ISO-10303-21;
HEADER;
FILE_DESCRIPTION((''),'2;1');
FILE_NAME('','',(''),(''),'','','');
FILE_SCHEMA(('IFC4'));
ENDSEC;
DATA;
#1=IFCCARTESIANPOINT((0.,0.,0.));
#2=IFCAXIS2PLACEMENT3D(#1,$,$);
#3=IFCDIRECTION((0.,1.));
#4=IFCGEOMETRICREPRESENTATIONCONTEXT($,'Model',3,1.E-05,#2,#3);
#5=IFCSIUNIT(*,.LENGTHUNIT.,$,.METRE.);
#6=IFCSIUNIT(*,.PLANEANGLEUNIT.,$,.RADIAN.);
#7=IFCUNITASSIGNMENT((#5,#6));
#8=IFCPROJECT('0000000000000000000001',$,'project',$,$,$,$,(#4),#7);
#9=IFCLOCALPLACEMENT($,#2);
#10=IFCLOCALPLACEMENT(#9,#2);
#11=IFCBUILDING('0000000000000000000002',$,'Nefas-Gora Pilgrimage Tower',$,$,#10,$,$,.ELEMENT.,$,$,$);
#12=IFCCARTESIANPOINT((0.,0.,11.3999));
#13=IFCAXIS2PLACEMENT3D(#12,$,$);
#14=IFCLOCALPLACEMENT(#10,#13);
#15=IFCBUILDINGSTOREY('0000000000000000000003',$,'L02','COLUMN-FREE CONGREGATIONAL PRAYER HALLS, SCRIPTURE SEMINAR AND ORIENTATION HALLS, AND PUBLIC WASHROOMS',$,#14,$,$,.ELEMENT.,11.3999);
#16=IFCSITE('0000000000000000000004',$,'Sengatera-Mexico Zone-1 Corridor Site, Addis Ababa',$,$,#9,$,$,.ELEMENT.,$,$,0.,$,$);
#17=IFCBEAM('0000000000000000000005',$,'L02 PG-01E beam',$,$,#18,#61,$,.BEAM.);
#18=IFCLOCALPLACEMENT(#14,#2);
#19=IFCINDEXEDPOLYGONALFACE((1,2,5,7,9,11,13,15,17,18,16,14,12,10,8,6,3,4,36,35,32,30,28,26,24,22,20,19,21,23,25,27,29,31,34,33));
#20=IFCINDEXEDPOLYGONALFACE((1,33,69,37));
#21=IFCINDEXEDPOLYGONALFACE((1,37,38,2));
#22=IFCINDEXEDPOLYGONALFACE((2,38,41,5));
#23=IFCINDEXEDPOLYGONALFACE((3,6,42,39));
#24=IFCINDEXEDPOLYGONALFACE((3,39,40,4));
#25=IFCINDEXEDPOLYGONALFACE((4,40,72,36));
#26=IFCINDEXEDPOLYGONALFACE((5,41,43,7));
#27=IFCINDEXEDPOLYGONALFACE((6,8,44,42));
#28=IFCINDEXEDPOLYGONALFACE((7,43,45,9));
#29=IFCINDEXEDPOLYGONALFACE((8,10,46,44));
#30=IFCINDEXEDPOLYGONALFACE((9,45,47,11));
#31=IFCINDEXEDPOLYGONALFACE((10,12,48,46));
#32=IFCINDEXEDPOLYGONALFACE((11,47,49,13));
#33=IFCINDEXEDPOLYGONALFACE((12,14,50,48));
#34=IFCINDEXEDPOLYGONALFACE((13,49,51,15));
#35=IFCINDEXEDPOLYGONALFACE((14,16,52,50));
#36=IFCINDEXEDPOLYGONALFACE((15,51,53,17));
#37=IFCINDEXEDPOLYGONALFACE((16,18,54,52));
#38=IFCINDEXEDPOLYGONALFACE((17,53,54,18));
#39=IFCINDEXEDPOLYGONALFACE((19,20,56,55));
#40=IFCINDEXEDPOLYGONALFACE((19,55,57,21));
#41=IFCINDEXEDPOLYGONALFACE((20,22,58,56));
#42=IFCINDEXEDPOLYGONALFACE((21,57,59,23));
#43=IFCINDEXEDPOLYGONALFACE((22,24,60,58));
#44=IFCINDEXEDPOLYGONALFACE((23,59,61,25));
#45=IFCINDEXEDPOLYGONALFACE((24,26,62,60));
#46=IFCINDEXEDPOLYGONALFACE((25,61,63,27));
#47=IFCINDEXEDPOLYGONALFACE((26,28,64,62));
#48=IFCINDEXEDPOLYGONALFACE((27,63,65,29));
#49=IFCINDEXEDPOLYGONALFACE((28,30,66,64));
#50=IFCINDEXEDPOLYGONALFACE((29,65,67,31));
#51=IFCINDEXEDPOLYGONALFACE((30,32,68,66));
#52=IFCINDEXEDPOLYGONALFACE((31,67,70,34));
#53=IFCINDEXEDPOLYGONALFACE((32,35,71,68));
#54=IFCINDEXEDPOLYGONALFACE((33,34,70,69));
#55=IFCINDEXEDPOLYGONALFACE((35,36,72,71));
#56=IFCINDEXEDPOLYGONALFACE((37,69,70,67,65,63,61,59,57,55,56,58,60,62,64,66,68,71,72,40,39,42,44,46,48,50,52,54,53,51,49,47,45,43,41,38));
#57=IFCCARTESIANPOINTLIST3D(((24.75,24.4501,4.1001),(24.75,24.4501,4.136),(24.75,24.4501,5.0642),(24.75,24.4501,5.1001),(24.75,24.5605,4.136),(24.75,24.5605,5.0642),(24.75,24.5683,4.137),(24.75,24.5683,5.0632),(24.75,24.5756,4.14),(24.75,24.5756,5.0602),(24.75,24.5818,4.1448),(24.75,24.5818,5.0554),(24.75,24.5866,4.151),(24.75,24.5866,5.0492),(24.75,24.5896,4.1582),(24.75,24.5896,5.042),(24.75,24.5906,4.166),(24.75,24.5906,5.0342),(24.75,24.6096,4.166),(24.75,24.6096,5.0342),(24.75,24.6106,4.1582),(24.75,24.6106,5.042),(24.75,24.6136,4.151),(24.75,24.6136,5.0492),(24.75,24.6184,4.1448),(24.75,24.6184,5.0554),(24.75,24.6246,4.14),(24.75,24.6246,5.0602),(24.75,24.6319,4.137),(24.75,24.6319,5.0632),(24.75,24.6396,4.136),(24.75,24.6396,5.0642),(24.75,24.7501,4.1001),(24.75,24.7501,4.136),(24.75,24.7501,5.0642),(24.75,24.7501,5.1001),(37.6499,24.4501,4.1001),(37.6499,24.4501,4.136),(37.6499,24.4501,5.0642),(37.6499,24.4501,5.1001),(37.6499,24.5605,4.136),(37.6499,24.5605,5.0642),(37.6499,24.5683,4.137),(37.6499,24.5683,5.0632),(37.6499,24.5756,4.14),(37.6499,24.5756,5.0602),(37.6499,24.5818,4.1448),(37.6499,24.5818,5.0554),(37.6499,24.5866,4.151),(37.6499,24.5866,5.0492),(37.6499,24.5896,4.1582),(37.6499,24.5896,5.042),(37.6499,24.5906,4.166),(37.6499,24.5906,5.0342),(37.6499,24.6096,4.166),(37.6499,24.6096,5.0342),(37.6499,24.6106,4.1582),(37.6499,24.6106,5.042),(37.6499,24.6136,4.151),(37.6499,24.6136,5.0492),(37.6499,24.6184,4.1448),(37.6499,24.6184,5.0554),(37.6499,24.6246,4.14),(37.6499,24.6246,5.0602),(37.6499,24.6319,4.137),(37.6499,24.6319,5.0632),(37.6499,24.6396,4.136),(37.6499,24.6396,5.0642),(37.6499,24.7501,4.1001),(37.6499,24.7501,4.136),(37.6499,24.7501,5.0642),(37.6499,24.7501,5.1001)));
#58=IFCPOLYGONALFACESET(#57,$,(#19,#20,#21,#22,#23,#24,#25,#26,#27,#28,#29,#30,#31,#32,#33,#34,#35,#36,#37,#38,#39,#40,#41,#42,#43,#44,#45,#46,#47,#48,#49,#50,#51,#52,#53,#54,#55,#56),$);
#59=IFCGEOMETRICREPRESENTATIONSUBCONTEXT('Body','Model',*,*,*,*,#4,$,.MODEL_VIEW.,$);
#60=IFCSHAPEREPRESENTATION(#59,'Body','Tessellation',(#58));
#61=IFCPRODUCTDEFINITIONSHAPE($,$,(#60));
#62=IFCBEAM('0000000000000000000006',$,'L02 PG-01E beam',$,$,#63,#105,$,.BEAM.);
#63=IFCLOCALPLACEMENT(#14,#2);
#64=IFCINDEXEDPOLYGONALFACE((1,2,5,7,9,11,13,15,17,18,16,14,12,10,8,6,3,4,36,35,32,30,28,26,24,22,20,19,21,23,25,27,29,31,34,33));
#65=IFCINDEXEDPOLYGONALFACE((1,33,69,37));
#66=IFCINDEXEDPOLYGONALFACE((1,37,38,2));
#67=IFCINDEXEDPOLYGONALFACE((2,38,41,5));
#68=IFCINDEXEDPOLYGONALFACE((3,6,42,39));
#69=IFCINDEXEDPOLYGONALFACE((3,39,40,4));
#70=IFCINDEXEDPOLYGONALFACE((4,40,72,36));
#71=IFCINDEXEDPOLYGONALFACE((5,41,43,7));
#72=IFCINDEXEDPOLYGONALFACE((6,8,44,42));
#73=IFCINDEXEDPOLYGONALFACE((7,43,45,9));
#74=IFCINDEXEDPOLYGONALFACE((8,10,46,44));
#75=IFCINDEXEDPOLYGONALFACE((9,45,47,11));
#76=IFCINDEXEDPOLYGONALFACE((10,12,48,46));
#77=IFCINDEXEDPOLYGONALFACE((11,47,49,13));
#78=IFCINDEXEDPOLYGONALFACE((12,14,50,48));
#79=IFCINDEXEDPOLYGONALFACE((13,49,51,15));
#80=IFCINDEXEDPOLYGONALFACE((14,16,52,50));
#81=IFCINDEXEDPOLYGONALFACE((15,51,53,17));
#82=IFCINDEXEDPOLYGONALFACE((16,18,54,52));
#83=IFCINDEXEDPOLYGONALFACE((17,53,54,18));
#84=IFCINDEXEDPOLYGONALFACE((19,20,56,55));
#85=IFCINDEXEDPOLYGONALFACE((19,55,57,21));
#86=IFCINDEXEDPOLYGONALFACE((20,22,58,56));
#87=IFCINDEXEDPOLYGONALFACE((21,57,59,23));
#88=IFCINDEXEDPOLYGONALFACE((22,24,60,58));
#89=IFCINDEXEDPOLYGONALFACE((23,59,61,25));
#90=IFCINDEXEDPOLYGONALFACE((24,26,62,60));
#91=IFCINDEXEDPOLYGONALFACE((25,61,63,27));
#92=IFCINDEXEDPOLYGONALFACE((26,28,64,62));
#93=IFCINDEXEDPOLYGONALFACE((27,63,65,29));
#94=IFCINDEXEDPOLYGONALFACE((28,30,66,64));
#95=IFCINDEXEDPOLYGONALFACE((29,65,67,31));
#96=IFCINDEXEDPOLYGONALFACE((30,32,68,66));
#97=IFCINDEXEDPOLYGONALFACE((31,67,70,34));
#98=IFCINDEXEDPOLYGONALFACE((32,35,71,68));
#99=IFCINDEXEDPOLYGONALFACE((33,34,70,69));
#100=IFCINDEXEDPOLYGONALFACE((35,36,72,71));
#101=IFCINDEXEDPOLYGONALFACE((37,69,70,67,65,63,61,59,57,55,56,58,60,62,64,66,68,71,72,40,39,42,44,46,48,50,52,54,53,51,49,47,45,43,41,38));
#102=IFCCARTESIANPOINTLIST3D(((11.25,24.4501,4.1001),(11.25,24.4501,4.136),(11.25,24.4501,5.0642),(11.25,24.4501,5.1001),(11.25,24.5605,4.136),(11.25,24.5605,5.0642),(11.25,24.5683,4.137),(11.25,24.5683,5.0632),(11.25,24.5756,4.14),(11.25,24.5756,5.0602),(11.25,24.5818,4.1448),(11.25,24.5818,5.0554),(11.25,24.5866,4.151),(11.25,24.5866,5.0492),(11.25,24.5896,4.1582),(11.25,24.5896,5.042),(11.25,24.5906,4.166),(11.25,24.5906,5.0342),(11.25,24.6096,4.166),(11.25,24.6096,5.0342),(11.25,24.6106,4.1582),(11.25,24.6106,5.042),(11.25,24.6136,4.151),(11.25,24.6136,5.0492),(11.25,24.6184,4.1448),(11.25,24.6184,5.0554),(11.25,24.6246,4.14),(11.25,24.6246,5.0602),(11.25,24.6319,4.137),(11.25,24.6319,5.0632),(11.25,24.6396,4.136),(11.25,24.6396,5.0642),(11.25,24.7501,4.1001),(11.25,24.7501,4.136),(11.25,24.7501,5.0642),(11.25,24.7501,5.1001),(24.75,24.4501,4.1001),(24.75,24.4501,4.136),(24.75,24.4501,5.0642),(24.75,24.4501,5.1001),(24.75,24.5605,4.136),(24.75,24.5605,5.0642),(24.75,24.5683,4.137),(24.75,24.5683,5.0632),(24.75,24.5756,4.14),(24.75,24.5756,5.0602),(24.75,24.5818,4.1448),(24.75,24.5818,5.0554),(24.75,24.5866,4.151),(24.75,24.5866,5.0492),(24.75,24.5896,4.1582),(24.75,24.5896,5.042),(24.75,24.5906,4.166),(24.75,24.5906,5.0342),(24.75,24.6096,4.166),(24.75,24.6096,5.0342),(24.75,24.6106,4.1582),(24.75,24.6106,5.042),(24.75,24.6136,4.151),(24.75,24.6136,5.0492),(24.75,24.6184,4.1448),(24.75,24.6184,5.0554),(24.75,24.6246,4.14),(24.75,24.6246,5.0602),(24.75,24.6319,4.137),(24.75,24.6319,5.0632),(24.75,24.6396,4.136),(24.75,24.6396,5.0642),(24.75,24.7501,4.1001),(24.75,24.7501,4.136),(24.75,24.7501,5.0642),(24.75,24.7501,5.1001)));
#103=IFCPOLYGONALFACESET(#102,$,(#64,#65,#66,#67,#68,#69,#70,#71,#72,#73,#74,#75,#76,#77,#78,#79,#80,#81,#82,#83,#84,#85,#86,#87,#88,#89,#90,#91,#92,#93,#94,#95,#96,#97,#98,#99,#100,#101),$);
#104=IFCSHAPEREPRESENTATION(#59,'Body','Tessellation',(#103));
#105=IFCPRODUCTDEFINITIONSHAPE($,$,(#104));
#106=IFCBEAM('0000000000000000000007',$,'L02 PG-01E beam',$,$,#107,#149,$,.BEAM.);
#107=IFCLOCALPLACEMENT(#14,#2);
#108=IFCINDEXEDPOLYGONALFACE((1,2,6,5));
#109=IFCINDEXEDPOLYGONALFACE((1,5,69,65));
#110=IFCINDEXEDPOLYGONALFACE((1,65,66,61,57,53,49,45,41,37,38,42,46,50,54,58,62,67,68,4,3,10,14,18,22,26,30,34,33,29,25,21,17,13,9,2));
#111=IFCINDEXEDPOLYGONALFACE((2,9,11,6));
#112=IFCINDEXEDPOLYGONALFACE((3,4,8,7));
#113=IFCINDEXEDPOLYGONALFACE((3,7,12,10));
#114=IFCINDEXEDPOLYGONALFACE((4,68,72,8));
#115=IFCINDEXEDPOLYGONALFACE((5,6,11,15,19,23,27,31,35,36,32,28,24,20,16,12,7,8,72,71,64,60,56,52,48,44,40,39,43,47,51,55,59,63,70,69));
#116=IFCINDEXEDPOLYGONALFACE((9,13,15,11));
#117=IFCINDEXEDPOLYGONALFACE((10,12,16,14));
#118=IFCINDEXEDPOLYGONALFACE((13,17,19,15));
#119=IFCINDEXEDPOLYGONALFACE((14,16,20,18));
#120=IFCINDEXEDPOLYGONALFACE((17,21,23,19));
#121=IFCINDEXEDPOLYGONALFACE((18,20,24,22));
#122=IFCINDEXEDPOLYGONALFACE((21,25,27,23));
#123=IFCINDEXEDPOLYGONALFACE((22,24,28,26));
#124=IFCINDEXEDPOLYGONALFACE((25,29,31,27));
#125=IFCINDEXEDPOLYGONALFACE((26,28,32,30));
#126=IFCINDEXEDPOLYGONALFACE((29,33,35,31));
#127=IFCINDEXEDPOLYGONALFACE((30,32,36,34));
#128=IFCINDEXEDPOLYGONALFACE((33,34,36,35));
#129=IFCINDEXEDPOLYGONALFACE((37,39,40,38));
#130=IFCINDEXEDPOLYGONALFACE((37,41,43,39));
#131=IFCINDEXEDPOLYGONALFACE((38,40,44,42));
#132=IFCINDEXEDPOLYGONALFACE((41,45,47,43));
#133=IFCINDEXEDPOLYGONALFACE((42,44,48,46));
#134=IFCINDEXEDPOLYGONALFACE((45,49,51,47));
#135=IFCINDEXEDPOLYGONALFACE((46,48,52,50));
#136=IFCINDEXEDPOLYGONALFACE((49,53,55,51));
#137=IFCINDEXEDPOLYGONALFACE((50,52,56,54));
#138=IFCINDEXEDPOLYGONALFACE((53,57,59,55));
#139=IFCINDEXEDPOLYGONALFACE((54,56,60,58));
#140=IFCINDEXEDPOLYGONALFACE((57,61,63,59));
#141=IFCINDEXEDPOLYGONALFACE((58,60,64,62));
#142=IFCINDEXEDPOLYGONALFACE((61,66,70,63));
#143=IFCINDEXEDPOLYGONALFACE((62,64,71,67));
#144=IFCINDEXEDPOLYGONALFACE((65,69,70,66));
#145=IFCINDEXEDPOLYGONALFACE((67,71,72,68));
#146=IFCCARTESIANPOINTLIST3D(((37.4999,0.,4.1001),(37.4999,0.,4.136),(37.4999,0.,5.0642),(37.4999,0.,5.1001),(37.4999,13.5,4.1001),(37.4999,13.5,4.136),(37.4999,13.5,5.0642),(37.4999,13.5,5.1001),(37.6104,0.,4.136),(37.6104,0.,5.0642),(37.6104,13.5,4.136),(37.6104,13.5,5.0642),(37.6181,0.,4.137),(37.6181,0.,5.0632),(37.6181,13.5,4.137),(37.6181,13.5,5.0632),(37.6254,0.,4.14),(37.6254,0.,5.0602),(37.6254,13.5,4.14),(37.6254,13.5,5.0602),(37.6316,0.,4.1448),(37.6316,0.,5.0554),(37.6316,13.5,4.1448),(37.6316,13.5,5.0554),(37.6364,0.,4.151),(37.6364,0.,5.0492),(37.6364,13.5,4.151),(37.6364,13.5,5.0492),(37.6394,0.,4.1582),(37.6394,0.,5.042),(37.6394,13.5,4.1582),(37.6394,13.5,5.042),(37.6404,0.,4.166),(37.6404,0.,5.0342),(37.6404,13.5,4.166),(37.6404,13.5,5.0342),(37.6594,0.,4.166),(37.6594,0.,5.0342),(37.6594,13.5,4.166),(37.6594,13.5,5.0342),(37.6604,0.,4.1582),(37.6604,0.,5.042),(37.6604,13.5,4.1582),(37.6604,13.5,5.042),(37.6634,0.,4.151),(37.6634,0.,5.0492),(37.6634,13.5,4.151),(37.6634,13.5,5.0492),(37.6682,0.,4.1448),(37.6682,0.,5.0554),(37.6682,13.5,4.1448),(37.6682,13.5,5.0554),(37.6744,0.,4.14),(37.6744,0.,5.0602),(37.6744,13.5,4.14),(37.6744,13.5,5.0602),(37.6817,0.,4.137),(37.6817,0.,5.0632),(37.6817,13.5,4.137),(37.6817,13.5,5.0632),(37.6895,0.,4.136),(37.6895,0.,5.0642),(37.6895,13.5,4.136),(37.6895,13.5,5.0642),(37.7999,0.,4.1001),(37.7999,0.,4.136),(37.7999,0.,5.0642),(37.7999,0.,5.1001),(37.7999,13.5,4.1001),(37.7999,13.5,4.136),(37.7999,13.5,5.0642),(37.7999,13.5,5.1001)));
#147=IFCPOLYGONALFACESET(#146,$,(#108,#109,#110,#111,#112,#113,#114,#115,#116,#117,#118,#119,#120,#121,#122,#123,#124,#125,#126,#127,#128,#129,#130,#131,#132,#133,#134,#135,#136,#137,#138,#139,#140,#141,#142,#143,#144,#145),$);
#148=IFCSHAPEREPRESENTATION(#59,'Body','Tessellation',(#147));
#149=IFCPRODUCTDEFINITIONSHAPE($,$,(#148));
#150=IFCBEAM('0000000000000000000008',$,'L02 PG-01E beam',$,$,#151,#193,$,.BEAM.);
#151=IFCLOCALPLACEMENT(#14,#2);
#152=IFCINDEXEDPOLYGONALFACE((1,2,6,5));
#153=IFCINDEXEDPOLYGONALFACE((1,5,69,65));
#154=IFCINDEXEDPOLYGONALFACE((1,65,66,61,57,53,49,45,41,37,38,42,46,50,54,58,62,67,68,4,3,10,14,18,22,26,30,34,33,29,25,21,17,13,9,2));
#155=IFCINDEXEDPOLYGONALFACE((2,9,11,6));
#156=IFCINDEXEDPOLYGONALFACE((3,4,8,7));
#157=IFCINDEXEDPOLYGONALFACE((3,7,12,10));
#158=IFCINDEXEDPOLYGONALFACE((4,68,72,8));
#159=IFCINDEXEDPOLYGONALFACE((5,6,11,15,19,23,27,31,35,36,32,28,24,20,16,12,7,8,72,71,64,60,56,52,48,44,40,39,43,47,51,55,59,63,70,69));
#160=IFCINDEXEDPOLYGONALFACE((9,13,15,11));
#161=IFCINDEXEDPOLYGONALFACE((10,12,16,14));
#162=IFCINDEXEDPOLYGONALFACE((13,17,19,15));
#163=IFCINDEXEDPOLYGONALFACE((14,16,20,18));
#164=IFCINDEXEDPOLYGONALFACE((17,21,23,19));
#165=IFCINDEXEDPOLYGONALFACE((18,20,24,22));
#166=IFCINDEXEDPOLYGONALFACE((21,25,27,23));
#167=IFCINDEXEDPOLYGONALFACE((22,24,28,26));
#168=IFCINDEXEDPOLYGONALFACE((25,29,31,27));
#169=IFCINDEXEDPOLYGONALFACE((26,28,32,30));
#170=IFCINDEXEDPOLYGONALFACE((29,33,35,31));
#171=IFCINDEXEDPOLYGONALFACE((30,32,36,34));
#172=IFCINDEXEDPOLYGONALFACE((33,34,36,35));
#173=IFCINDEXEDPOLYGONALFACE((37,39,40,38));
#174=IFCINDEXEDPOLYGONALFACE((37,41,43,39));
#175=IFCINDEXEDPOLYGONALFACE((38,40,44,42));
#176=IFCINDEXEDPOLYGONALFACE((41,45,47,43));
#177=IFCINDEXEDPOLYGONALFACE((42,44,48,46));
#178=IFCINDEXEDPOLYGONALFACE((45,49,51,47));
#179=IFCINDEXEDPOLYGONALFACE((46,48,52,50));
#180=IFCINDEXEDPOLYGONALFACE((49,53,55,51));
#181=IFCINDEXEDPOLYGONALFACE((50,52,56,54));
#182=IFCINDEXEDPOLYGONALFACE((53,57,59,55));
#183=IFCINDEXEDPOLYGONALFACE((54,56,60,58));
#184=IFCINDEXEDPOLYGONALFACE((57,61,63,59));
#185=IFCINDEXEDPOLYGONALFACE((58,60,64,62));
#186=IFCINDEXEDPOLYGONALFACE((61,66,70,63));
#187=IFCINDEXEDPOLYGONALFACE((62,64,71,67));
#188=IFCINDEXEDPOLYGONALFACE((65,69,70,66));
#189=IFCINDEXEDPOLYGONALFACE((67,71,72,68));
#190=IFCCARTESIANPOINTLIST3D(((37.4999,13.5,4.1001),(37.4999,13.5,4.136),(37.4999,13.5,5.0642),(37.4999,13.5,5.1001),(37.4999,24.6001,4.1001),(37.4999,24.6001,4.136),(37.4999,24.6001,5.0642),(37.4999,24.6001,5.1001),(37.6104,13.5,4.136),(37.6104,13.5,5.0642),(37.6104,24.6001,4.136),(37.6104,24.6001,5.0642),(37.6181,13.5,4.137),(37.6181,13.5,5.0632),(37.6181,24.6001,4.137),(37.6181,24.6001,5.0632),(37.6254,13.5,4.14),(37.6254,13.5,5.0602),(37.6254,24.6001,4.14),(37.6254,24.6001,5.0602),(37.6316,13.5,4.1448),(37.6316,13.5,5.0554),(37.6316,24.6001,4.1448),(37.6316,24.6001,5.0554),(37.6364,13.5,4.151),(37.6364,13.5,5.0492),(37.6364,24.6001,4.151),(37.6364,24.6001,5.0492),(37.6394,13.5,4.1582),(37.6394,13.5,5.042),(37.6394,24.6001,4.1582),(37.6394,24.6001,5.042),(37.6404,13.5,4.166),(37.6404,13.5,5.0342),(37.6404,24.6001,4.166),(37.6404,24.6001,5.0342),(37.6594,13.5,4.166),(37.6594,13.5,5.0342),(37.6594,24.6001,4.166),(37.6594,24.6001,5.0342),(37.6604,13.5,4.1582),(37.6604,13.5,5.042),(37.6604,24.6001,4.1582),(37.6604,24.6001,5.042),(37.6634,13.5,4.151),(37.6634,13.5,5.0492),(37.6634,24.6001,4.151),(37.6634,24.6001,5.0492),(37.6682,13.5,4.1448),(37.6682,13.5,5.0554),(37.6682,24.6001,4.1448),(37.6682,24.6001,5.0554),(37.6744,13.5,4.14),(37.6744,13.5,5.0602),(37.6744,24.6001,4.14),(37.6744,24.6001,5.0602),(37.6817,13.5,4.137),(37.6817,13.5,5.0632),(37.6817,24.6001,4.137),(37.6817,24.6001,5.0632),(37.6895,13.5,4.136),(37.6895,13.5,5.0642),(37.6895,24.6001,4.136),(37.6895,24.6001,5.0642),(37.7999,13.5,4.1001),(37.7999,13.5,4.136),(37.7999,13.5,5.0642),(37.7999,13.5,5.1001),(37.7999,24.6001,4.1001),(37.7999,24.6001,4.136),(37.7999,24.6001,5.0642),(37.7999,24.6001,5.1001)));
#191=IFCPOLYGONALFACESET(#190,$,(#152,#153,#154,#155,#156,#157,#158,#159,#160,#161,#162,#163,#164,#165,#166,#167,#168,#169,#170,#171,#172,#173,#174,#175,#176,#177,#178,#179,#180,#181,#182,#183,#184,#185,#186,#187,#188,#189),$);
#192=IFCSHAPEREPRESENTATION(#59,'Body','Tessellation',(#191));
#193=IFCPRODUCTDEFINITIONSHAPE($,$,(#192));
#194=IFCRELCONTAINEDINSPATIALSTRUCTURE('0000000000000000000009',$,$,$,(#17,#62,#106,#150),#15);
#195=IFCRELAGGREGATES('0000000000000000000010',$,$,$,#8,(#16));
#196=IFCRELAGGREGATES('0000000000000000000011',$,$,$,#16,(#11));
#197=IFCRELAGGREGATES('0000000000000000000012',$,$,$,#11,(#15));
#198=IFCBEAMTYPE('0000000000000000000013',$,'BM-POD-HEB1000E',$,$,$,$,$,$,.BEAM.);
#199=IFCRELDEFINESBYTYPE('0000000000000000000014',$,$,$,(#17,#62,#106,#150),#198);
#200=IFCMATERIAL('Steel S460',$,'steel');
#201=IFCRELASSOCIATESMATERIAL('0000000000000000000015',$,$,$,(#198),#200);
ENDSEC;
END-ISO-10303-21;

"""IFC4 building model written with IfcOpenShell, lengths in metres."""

from ifc_helpers import new_model, si_unit, direction, frame, origin, origin_2d, place, context, subcontext, project, spatial, i_section, extrude, source, transform, mapped, material, material_profile, profile_set, type_object, element, save


model = new_model("IFC4")

# Units and contexts
model_context = context("Model", 3, precision=1e-05, world=origin(), true_north=direction((0.0, 1.0)))
body_context = subcontext(model_context, "Body", "Model", "MODEL_VIEW")
ifc_project = project(units=[si_unit("LENGTHUNIT", "METRE"), si_unit("PLANEANGLEUNIT", "RADIAN")], contexts=[model_context])

# Site, building, storey
site_placement = place(None, origin())
site = spatial("IfcSite", under=ifc_project, at=site_placement, Name="Sengatera-Mexico Zone-1 Corridor Site, Addis Ababa", CompositionType="ELEMENT", RefElevation=0.0)
building_placement = place(site_placement, origin())
building = spatial("IfcBuilding", under=site, at=building_placement, Name="Nefas-Gora Pilgrimage Tower", CompositionType="ELEMENT")
storey_placement = place(building_placement, frame((0.0, 0.0, 11.3999)))
storey = spatial("IfcBuildingStorey", under=building, at=storey_placement, Name="L02", Description="COLUMN-FREE CONGREGATIONAL PRAYER HALLS, SCRIPTURE SEMINAR AND ORIENTATION HALLS, AND PUBLIC WASHROOMS", CompositionType="ELEMENT", Elevation=11.3999)

# Shared definitions
ifc_material_1 = material(Name="Steel S460", Category="steel")

# Beams
ifc_material_profile_1 = material_profile(ifc_material_1, i_section(OverallWidth=0.3, OverallDepth=1.0, WebThickness=0.019, FlangeThickness=0.0359, FilletRadius=0.03, at=origin_2d()), Name="HEB 1000")
ifc_profile_set_1 = profile_set([ifc_material_profile_1], Name="Steel S460")
beam_type_1 = type_object("IfcBeamType", Name="BM-POD-HEB1000E", PredefinedType="BEAM", material=ifc_profile_set_1)
shared_shape_1 = source(origin(), body_context, "Body", "SweptSolid", [
    extrude(i_section(OverallWidth=0.3, OverallDepth=1.0, WebThickness=0.019, FlangeThickness=0.0359, FilletRadius=0.03, at=origin_2d()), origin(), (0.0, 0.0, 1.0), 12.8999),
])
beam_1_placement = place(storey_placement, frame((24.75, 24.6001, 4.6001), z_axis=(1.0, 0.0, 0.0), x_axis=(0.0, 1.0, 0.0)))
element("IfcBeam", 1, at=beam_1_placement, inside=storey, type_object=beam_type_1, Name="L02 PG-01E beam", PredefinedType="BEAM", context=body_context, shape_type="MappedRepresentation", body=[
    mapped(shared_shape_1, transform((0.0, 0.0, 0.0), x_axis=(1.0, 0.0, 0.0), y_axis=(0.0, 1.0, 0.0), z_axis=(0.0, 0.0, 1.0), scale=1.0)),
])
shared_shape_2 = source(origin(), body_context, "Body", "SweptSolid", [
    extrude(i_section(OverallWidth=0.3, OverallDepth=1.0, WebThickness=0.019, FlangeThickness=0.0359, FilletRadius=0.03, at=origin_2d()), origin(), (0.0, 0.0, 1.0), 13.5),
])
for number, where, z_axis, x_axis, name in (
    (2, (11.25, 24.6001, 4.6001), (1.0, 0.0, 0.0), (0.0, 1.0, 0.0), "L02 PG-01E beam"),
    (3, (37.6499, 0.0, 4.6001), (0.0, 1.0, 0.0), (-1.0, 0.0, 0.0), "L02 PG-01E beam"),
):
    element("IfcBeam", number, at=place(storey_placement, frame(where, z_axis=z_axis, x_axis=x_axis)), inside=storey, type_object=beam_type_1, Name=name, PredefinedType="BEAM", context=body_context, shape_type="MappedRepresentation", body=[
        mapped(shared_shape_2, transform((0.0, 0.0, 0.0), x_axis=(1.0, 0.0, 0.0), y_axis=(0.0, 1.0, 0.0), z_axis=(0.0, 0.0, 1.0), scale=1.0)),
    ])
shared_shape_3 = source(origin(), body_context, "Body", "SweptSolid", [
    extrude(i_section(OverallWidth=0.3, OverallDepth=1.0, WebThickness=0.019, FlangeThickness=0.0359, FilletRadius=0.03, at=origin_2d()), origin(), (0.0, 0.0, 1.0), 11.1001),
])
beam_2_placement = place(storey_placement, frame((37.6499, 13.5, 4.6001), z_axis=(0.0, 1.0, 0.0), x_axis=(-1.0, 0.0, 0.0)))
element("IfcBeam", 4, at=beam_2_placement, inside=storey, type_object=beam_type_1, Name="L02 PG-01E beam", PredefinedType="BEAM", context=body_context, shape_type="MappedRepresentation", body=[
    mapped(shared_shape_3, transform((0.0, 0.0, 0.0), x_axis=(1.0, 0.0, 0.0), y_axis=(0.0, 1.0, 0.0), z_axis=(0.0, 0.0, 1.0), scale=1.0)),
])

save(model, "model.ifc")
